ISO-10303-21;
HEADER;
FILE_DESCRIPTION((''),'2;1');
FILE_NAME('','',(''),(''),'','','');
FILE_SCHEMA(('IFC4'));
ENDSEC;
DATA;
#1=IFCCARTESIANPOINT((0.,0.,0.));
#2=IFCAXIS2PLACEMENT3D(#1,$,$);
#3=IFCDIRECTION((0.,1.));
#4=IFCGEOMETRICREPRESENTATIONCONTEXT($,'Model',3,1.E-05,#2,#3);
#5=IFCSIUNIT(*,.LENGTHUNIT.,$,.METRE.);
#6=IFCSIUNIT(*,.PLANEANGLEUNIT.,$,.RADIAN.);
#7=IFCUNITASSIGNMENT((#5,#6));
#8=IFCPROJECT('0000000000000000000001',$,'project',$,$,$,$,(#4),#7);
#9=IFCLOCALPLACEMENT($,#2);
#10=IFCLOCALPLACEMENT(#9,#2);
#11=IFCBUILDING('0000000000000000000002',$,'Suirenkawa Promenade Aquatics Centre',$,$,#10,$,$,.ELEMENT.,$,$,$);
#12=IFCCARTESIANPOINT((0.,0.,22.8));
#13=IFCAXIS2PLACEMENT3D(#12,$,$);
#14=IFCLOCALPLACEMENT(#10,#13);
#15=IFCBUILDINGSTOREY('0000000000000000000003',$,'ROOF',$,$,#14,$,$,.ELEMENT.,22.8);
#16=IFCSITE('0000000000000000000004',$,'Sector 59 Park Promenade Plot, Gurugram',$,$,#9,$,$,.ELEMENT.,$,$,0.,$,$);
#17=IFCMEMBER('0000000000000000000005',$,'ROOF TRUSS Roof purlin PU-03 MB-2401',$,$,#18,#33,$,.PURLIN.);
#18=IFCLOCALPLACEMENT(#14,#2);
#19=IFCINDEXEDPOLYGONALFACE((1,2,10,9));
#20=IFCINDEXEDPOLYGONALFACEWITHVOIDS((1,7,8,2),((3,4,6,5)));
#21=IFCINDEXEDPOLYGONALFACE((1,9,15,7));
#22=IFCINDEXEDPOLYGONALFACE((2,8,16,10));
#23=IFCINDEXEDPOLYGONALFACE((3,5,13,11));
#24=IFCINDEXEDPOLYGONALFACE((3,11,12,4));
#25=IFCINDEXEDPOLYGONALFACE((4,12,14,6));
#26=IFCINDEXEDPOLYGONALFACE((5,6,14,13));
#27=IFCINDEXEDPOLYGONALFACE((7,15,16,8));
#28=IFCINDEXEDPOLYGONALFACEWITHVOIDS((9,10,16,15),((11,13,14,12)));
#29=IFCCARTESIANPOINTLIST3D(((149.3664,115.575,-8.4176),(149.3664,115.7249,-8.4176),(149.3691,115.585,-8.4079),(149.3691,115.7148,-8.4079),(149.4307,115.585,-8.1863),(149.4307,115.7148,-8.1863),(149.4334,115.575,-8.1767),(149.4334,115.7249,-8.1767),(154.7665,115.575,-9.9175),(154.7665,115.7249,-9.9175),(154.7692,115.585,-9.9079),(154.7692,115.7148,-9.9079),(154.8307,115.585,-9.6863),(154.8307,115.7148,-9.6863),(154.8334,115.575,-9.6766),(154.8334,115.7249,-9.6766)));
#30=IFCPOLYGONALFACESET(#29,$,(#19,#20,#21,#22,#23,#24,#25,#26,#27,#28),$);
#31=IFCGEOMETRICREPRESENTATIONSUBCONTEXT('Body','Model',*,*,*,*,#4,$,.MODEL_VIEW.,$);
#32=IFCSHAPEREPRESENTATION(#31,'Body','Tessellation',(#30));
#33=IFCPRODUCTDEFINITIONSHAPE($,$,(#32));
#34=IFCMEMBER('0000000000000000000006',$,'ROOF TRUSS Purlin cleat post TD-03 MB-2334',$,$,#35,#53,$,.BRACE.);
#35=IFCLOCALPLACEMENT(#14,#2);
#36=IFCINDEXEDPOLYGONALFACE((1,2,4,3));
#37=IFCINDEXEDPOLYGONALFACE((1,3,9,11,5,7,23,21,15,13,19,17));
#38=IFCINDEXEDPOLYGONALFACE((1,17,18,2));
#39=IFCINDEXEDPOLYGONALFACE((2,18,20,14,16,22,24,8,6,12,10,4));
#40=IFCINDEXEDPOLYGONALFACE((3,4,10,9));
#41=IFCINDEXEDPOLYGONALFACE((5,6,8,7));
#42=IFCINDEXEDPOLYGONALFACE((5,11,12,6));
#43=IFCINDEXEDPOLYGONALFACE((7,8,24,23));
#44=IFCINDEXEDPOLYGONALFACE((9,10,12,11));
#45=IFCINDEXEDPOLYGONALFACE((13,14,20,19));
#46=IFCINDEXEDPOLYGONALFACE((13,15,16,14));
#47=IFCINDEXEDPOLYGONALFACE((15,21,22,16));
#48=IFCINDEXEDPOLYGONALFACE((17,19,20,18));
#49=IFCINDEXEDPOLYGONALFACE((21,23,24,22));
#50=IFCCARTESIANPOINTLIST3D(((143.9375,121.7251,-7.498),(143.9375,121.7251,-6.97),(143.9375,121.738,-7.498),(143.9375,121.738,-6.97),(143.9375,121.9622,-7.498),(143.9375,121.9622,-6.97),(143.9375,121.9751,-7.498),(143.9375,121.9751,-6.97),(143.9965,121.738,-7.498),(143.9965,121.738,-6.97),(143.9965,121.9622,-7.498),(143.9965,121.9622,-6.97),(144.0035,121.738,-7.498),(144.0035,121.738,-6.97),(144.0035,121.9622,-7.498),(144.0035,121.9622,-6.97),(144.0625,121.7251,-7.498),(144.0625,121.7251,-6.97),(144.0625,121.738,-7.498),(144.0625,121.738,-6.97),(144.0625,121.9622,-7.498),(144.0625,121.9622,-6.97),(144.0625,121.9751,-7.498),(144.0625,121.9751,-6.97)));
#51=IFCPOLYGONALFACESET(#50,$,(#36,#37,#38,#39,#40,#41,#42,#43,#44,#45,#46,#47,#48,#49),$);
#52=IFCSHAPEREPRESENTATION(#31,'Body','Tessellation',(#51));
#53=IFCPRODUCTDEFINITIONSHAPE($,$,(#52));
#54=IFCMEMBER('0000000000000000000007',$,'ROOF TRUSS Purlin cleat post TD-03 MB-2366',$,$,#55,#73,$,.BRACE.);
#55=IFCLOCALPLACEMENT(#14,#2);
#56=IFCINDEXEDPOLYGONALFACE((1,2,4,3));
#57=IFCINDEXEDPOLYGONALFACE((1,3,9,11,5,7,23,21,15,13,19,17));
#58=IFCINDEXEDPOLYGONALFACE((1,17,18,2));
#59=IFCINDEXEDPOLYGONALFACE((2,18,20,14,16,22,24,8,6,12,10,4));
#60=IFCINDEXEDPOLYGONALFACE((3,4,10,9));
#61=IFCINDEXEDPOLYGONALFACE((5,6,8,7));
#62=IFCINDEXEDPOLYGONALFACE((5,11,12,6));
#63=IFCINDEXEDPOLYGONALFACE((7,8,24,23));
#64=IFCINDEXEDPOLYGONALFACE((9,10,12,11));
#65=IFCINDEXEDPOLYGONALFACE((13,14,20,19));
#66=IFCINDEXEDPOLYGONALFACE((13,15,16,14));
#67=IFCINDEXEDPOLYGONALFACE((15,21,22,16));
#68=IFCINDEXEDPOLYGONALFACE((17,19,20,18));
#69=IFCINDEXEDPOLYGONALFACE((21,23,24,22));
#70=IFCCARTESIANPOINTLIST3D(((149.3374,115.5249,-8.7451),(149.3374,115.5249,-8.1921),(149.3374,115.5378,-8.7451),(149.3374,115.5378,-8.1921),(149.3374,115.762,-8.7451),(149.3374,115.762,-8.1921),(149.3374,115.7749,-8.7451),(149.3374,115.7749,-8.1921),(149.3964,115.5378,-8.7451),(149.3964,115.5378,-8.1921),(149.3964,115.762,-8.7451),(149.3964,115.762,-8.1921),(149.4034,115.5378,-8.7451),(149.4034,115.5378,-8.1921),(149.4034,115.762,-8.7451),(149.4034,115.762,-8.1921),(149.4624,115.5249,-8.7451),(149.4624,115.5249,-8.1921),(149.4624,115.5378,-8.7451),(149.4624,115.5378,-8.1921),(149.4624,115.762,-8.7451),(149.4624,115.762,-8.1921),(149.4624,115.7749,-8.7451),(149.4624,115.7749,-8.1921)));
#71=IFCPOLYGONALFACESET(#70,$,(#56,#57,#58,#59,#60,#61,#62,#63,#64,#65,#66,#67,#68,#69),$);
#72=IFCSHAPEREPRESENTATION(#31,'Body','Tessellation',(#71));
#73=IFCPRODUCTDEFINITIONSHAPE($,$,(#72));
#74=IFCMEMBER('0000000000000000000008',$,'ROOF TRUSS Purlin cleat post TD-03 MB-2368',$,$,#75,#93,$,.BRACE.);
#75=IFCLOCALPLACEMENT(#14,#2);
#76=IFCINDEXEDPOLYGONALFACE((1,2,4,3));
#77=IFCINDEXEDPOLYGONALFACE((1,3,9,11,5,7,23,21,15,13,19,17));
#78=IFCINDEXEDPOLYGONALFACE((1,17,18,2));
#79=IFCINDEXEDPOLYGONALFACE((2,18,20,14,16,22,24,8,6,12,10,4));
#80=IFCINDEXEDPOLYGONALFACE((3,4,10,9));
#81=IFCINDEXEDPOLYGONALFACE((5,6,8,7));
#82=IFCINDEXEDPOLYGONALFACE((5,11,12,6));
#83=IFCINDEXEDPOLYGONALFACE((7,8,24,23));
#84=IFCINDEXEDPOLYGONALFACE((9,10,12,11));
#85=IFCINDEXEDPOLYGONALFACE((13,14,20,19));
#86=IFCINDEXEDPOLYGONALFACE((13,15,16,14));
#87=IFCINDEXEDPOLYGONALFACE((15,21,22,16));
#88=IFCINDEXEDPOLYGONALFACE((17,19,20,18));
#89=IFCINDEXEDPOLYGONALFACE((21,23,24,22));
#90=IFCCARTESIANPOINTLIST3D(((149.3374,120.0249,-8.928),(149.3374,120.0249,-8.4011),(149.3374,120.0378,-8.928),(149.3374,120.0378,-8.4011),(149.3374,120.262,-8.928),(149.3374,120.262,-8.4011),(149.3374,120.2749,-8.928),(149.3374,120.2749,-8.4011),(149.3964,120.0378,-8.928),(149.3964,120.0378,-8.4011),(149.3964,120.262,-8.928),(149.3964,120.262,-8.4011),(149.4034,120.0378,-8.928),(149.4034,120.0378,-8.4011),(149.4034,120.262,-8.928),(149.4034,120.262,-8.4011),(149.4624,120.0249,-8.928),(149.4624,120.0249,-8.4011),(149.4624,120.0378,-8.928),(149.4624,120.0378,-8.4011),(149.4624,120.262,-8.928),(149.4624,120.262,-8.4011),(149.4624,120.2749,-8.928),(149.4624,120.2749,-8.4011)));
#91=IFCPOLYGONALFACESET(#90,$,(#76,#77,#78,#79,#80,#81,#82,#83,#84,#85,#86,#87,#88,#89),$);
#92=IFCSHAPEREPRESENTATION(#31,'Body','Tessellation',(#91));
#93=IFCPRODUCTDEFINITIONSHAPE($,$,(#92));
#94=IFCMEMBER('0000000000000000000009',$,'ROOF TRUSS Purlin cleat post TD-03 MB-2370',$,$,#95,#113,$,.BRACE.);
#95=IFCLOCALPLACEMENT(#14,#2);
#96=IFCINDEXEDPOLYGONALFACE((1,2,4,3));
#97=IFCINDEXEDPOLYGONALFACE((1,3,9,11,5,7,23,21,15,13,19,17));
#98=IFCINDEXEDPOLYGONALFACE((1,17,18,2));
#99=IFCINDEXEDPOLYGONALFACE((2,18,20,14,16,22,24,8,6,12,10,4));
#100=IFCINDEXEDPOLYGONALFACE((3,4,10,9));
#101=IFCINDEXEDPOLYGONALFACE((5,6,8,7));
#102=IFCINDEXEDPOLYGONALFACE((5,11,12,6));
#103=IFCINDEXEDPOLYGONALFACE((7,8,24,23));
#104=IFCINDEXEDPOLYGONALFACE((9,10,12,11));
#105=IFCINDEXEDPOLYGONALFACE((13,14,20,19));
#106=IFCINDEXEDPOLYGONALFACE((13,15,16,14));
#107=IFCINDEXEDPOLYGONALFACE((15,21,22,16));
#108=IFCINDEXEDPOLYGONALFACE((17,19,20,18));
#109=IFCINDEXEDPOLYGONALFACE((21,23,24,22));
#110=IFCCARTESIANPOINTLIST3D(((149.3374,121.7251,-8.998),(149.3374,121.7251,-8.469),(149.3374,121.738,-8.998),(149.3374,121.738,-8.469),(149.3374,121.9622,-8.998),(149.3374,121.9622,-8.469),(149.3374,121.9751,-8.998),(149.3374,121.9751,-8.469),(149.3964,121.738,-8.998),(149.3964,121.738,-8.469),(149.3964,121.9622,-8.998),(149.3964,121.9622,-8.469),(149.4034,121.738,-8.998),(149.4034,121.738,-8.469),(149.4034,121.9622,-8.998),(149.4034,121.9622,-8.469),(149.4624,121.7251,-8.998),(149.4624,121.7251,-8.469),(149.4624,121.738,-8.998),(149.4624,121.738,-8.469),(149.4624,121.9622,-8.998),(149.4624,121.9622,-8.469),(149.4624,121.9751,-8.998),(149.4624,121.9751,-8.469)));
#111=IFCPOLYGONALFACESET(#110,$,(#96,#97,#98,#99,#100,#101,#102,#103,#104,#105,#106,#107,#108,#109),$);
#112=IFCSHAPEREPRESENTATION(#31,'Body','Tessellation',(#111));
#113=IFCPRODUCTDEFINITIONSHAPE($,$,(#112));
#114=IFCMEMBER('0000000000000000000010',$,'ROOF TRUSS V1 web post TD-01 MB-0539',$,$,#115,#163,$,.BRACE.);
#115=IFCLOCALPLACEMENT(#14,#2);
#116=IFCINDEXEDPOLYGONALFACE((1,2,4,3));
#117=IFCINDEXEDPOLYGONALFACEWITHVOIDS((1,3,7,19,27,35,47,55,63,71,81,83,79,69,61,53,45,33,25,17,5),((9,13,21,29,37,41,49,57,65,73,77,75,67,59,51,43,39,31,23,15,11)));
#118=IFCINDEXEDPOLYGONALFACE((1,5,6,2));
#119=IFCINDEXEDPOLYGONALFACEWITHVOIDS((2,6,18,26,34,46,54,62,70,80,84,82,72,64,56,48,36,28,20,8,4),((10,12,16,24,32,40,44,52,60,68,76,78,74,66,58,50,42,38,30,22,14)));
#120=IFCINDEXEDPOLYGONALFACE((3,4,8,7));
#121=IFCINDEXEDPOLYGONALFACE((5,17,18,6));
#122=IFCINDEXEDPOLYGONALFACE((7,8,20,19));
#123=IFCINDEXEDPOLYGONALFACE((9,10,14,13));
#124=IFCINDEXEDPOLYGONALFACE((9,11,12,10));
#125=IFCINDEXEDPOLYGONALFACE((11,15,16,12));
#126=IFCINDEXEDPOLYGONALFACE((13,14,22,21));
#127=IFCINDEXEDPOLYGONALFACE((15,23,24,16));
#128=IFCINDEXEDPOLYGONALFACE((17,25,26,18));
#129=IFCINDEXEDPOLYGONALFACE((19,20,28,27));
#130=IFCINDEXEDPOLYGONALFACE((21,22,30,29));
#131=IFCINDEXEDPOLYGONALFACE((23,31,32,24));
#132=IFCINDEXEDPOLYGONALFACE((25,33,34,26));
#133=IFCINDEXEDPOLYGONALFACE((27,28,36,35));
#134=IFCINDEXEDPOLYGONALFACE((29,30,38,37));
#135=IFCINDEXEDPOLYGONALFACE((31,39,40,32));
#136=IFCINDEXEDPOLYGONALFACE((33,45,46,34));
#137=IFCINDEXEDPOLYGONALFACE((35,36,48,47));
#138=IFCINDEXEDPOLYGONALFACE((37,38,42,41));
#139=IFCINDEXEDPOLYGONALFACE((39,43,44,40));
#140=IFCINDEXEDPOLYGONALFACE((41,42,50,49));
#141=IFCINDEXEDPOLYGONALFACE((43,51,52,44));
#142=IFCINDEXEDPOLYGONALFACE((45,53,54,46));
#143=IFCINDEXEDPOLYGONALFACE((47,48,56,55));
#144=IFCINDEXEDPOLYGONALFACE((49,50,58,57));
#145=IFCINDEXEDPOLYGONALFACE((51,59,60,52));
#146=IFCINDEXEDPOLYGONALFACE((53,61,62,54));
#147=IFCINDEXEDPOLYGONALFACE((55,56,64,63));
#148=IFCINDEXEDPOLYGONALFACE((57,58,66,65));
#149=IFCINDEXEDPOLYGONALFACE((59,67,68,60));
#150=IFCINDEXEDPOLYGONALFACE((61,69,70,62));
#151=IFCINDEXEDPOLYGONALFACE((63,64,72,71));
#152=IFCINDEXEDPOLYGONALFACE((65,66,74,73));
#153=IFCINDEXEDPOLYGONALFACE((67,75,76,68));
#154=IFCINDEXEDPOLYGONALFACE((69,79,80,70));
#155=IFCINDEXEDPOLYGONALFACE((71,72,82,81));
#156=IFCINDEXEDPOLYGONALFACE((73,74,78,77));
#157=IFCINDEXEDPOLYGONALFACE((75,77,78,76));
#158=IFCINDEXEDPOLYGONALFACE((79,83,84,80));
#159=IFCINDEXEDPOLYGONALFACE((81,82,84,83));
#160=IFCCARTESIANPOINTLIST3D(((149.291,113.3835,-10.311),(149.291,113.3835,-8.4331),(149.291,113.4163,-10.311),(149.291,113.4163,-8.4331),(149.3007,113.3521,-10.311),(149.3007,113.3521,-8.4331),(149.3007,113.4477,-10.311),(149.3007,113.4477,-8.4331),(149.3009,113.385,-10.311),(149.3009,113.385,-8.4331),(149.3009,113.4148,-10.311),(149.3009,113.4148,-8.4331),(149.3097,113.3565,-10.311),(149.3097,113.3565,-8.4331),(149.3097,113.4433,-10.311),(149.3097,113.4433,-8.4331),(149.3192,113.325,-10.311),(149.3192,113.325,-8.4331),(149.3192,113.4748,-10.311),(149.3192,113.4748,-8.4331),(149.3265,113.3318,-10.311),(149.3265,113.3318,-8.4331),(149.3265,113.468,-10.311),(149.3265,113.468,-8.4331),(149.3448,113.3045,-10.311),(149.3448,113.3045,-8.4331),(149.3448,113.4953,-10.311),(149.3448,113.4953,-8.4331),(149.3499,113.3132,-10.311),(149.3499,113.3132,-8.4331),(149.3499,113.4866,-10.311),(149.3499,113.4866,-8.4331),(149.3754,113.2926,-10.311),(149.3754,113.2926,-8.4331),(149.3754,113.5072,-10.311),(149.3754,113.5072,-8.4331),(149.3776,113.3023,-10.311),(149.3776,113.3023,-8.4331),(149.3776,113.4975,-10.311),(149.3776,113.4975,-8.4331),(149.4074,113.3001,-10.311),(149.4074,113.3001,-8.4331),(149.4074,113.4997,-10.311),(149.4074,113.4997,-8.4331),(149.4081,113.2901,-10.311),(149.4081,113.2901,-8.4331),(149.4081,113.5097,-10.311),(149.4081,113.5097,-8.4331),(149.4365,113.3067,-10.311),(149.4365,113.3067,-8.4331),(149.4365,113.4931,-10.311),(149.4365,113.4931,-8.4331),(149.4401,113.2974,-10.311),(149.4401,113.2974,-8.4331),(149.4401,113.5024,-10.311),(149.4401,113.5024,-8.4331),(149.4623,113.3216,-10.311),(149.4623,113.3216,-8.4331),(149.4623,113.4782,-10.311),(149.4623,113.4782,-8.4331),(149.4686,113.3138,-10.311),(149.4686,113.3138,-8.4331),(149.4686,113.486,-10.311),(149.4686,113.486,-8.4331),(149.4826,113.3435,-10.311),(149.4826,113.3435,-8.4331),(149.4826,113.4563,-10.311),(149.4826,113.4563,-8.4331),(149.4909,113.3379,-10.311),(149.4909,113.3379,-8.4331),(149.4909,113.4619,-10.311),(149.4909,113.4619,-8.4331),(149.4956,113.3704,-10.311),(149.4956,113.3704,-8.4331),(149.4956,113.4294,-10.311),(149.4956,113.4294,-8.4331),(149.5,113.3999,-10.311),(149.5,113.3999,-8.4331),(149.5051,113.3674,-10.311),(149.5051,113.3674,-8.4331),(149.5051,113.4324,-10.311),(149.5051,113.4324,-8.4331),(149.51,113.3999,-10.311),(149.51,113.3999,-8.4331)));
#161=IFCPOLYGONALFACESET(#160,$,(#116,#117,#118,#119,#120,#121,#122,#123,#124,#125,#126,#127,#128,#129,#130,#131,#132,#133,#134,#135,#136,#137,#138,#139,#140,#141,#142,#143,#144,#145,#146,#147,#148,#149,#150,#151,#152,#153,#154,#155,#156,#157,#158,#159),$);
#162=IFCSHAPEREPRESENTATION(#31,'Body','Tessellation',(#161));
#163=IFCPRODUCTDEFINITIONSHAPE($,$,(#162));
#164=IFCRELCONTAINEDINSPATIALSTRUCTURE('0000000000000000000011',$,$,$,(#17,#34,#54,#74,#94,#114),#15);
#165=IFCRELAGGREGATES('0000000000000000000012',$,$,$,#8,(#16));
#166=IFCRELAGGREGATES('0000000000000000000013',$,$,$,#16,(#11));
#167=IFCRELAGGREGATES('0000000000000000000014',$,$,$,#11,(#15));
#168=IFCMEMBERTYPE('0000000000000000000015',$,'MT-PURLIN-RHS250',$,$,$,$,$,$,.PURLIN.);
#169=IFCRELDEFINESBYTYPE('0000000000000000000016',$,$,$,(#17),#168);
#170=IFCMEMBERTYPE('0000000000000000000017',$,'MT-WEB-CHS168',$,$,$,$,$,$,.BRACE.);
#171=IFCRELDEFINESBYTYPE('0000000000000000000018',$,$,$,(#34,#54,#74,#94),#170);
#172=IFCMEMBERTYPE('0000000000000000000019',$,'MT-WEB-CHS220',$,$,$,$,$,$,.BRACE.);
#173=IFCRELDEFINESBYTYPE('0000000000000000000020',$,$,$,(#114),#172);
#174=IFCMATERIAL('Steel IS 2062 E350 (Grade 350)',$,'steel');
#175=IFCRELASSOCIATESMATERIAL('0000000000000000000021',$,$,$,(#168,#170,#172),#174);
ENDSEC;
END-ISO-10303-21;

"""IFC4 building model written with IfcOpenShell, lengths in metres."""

from ifc_helpers import new_model, si_unit, direction, frame, origin, origin_2d, place, context, subcontext, project, spatial, hollow_rectangle, hollow_circle, i_section, extrude, material, material_profile, profile_set, type_object, element, save


model = new_model("IFC4")

# Units and contexts
model_context = context("Model", 3, precision=1e-05, world=origin(), true_north=direction((0.0, 1.0)))
body_context = subcontext(model_context, "Body", "Model", "MODEL_VIEW")
ifc_project = project(units=[si_unit("LENGTHUNIT", "METRE"), si_unit("PLANEANGLEUNIT", "RADIAN")], contexts=[model_context])

# Site, building, storey
site_placement = place(None, origin())
site = spatial("IfcSite", under=ifc_project, at=site_placement, Name="Sector 59 Park Promenade Plot, Gurugram", CompositionType="ELEMENT", RefElevation=0.0)
building_placement = place(site_placement, origin())
building = spatial("IfcBuilding", under=site, at=building_placement, Name="Suirenkawa Promenade Aquatics Centre", CompositionType="ELEMENT")
storey_placement = place(building_placement, frame((0.0, 0.0, 22.8)))
storey = spatial("IfcBuildingStorey", under=building, at=storey_placement, Name="ROOF", CompositionType="ELEMENT", Elevation=22.8)

# Shared definitions
ifc_material = material(Name="Steel IS 2062 E350 (Grade 350)", Category="steel")

# Members
ifc_material_profile_1 = material_profile(ifc_material, hollow_rectangle(XDim=0.1499, YDim=0.25, WallThickness=0.01, at=origin_2d()), Name="RHS 250x150x10", Category="steel")
ifc_profile_set_1 = profile_set([ifc_material_profile_1], Name="Steel IS 2062 E350 (Grade 350)")
member_type_1 = type_object("IfcMemberType", Name="MT-PURLIN-RHS250", PredefinedType="PURLIN", material=ifc_profile_set_1)
member_1_placement = place(storey_placement, frame((149.3999, 115.6499, -8.2971), z_axis=(0.96352, 0.0, -0.267637), x_axis=(0.0, 1.0, 0.0)))
element("IfcMember", 1, at=member_1_placement, inside=storey, type_object=member_type_1, Name="ROOF TRUSS Roof purlin PU-03 MB-2401", PredefinedType="PURLIN", context=body_context, shape_type="SweptSolid", body=[
    extrude(hollow_rectangle(XDim=0.1499, YDim=0.25, WallThickness=0.01, at=origin_2d()), origin(), (0.0, 0.0, 1.0), 5.6045),
])
ifc_material_profile_2 = material_profile(ifc_material, i_section(OverallWidth=0.125, OverallDepth=0.25, WebThickness=0.0071, FlangeThickness=0.0129, at=origin_2d()), Name="ISMB 250", Category="steel")
ifc_profile_set_2 = profile_set([ifc_material_profile_2], Name="Steel IS 2062 E350 (Grade 350)")
member_type_2 = type_object("IfcMemberType", Name="MT-WEB-CHS168", PredefinedType="BRACE", material=ifc_profile_set_2)
member_2_placement = place(storey_placement, frame((144.0, 121.8501, -7.498), z_axis=(0.0, 0.0, 1.0), x_axis=(1.0, 0.0, 0.0)))
element("IfcMember", 2, at=member_2_placement, inside=storey, type_object=member_type_2, Name="ROOF TRUSS Purlin cleat post TD-03 MB-2334", PredefinedType="BRACE", context=body_context, shape_type="SweptSolid", body=[
    extrude(i_section(OverallWidth=0.125, OverallDepth=0.25, WebThickness=0.0071, FlangeThickness=0.0129, at=origin_2d()), origin(), (0.0, 0.0, 1.0), 0.5281),
])
member_3_placement = place(storey_placement, frame((149.3999, 115.6499, -8.7451), z_axis=(0.0, 0.0, 1.0), x_axis=(1.0, 0.0, 0.0)))
element("IfcMember", 3, at=member_3_placement, inside=storey, type_object=member_type_2, Name="ROOF TRUSS Purlin cleat post TD-03 MB-2366", PredefinedType="BRACE", context=body_context, shape_type="SweptSolid", body=[
    extrude(i_section(OverallWidth=0.125, OverallDepth=0.25, WebThickness=0.0071, FlangeThickness=0.0129, at=origin_2d()), origin(), (0.0, 0.0, 1.0), 0.553),
])
member_4_placement = place(storey_placement, frame((149.3999, 120.1499, -8.928), z_axis=(0.0, 0.0, 1.0), x_axis=(1.0, 0.0, 0.0)))
element("IfcMember", 4, at=member_4_placement, inside=storey, type_object=member_type_2, Name="ROOF TRUSS Purlin cleat post TD-03 MB-2368", PredefinedType="BRACE", context=body_context, shape_type="SweptSolid", body=[
    extrude(i_section(OverallWidth=0.125, OverallDepth=0.25, WebThickness=0.0071, FlangeThickness=0.0129, at=origin_2d()), origin(), (0.0, 0.0, 1.0), 0.5269),
])
member_5_placement = place(storey_placement, frame((149.3999, 121.8501, -8.998), z_axis=(0.0, 0.0, 1.0), x_axis=(1.0, 0.0, 0.0)))
element("IfcMember", 5, at=member_5_placement, inside=storey, type_object=member_type_2, Name="ROOF TRUSS Purlin cleat post TD-03 MB-2370", PredefinedType="BRACE", context=body_context, shape_type="SweptSolid", body=[
    extrude(i_section(OverallWidth=0.125, OverallDepth=0.25, WebThickness=0.0071, FlangeThickness=0.0129, at=origin_2d()), origin(), (0.0, 0.0, 1.0), 0.5291),
])
ifc_material_profile_3 = material_profile(ifc_material, hollow_circle(Radius=0.1101, WallThickness=0.01, at=origin_2d()), Name="CHS 220x10", Category="steel")
ifc_profile_set_3 = profile_set([ifc_material_profile_3], Name="Steel IS 2062 E350 (Grade 350)")
member_type_3 = type_object("IfcMemberType", Name="MT-WEB-CHS220", PredefinedType="BRACE", material=ifc_profile_set_3)
member_6_placement = place(storey_placement, frame((149.3999, 113.3999, -10.311), z_axis=(0.0, 0.0, 1.0), x_axis=(1.0, 0.0, 0.0)))
element("IfcMember", 6, at=member_6_placement, inside=storey, type_object=member_type_3, Name="ROOF TRUSS V1 web post TD-01 MB-0539", PredefinedType="BRACE", context=body_context, shape_type="SweptSolid", body=[
    extrude(hollow_circle(Radius=0.1101, WallThickness=0.01, at=origin_2d()), origin(), (0.0, 0.0, 1.0), 1.8779),
])

save(model, "model.ifc")
